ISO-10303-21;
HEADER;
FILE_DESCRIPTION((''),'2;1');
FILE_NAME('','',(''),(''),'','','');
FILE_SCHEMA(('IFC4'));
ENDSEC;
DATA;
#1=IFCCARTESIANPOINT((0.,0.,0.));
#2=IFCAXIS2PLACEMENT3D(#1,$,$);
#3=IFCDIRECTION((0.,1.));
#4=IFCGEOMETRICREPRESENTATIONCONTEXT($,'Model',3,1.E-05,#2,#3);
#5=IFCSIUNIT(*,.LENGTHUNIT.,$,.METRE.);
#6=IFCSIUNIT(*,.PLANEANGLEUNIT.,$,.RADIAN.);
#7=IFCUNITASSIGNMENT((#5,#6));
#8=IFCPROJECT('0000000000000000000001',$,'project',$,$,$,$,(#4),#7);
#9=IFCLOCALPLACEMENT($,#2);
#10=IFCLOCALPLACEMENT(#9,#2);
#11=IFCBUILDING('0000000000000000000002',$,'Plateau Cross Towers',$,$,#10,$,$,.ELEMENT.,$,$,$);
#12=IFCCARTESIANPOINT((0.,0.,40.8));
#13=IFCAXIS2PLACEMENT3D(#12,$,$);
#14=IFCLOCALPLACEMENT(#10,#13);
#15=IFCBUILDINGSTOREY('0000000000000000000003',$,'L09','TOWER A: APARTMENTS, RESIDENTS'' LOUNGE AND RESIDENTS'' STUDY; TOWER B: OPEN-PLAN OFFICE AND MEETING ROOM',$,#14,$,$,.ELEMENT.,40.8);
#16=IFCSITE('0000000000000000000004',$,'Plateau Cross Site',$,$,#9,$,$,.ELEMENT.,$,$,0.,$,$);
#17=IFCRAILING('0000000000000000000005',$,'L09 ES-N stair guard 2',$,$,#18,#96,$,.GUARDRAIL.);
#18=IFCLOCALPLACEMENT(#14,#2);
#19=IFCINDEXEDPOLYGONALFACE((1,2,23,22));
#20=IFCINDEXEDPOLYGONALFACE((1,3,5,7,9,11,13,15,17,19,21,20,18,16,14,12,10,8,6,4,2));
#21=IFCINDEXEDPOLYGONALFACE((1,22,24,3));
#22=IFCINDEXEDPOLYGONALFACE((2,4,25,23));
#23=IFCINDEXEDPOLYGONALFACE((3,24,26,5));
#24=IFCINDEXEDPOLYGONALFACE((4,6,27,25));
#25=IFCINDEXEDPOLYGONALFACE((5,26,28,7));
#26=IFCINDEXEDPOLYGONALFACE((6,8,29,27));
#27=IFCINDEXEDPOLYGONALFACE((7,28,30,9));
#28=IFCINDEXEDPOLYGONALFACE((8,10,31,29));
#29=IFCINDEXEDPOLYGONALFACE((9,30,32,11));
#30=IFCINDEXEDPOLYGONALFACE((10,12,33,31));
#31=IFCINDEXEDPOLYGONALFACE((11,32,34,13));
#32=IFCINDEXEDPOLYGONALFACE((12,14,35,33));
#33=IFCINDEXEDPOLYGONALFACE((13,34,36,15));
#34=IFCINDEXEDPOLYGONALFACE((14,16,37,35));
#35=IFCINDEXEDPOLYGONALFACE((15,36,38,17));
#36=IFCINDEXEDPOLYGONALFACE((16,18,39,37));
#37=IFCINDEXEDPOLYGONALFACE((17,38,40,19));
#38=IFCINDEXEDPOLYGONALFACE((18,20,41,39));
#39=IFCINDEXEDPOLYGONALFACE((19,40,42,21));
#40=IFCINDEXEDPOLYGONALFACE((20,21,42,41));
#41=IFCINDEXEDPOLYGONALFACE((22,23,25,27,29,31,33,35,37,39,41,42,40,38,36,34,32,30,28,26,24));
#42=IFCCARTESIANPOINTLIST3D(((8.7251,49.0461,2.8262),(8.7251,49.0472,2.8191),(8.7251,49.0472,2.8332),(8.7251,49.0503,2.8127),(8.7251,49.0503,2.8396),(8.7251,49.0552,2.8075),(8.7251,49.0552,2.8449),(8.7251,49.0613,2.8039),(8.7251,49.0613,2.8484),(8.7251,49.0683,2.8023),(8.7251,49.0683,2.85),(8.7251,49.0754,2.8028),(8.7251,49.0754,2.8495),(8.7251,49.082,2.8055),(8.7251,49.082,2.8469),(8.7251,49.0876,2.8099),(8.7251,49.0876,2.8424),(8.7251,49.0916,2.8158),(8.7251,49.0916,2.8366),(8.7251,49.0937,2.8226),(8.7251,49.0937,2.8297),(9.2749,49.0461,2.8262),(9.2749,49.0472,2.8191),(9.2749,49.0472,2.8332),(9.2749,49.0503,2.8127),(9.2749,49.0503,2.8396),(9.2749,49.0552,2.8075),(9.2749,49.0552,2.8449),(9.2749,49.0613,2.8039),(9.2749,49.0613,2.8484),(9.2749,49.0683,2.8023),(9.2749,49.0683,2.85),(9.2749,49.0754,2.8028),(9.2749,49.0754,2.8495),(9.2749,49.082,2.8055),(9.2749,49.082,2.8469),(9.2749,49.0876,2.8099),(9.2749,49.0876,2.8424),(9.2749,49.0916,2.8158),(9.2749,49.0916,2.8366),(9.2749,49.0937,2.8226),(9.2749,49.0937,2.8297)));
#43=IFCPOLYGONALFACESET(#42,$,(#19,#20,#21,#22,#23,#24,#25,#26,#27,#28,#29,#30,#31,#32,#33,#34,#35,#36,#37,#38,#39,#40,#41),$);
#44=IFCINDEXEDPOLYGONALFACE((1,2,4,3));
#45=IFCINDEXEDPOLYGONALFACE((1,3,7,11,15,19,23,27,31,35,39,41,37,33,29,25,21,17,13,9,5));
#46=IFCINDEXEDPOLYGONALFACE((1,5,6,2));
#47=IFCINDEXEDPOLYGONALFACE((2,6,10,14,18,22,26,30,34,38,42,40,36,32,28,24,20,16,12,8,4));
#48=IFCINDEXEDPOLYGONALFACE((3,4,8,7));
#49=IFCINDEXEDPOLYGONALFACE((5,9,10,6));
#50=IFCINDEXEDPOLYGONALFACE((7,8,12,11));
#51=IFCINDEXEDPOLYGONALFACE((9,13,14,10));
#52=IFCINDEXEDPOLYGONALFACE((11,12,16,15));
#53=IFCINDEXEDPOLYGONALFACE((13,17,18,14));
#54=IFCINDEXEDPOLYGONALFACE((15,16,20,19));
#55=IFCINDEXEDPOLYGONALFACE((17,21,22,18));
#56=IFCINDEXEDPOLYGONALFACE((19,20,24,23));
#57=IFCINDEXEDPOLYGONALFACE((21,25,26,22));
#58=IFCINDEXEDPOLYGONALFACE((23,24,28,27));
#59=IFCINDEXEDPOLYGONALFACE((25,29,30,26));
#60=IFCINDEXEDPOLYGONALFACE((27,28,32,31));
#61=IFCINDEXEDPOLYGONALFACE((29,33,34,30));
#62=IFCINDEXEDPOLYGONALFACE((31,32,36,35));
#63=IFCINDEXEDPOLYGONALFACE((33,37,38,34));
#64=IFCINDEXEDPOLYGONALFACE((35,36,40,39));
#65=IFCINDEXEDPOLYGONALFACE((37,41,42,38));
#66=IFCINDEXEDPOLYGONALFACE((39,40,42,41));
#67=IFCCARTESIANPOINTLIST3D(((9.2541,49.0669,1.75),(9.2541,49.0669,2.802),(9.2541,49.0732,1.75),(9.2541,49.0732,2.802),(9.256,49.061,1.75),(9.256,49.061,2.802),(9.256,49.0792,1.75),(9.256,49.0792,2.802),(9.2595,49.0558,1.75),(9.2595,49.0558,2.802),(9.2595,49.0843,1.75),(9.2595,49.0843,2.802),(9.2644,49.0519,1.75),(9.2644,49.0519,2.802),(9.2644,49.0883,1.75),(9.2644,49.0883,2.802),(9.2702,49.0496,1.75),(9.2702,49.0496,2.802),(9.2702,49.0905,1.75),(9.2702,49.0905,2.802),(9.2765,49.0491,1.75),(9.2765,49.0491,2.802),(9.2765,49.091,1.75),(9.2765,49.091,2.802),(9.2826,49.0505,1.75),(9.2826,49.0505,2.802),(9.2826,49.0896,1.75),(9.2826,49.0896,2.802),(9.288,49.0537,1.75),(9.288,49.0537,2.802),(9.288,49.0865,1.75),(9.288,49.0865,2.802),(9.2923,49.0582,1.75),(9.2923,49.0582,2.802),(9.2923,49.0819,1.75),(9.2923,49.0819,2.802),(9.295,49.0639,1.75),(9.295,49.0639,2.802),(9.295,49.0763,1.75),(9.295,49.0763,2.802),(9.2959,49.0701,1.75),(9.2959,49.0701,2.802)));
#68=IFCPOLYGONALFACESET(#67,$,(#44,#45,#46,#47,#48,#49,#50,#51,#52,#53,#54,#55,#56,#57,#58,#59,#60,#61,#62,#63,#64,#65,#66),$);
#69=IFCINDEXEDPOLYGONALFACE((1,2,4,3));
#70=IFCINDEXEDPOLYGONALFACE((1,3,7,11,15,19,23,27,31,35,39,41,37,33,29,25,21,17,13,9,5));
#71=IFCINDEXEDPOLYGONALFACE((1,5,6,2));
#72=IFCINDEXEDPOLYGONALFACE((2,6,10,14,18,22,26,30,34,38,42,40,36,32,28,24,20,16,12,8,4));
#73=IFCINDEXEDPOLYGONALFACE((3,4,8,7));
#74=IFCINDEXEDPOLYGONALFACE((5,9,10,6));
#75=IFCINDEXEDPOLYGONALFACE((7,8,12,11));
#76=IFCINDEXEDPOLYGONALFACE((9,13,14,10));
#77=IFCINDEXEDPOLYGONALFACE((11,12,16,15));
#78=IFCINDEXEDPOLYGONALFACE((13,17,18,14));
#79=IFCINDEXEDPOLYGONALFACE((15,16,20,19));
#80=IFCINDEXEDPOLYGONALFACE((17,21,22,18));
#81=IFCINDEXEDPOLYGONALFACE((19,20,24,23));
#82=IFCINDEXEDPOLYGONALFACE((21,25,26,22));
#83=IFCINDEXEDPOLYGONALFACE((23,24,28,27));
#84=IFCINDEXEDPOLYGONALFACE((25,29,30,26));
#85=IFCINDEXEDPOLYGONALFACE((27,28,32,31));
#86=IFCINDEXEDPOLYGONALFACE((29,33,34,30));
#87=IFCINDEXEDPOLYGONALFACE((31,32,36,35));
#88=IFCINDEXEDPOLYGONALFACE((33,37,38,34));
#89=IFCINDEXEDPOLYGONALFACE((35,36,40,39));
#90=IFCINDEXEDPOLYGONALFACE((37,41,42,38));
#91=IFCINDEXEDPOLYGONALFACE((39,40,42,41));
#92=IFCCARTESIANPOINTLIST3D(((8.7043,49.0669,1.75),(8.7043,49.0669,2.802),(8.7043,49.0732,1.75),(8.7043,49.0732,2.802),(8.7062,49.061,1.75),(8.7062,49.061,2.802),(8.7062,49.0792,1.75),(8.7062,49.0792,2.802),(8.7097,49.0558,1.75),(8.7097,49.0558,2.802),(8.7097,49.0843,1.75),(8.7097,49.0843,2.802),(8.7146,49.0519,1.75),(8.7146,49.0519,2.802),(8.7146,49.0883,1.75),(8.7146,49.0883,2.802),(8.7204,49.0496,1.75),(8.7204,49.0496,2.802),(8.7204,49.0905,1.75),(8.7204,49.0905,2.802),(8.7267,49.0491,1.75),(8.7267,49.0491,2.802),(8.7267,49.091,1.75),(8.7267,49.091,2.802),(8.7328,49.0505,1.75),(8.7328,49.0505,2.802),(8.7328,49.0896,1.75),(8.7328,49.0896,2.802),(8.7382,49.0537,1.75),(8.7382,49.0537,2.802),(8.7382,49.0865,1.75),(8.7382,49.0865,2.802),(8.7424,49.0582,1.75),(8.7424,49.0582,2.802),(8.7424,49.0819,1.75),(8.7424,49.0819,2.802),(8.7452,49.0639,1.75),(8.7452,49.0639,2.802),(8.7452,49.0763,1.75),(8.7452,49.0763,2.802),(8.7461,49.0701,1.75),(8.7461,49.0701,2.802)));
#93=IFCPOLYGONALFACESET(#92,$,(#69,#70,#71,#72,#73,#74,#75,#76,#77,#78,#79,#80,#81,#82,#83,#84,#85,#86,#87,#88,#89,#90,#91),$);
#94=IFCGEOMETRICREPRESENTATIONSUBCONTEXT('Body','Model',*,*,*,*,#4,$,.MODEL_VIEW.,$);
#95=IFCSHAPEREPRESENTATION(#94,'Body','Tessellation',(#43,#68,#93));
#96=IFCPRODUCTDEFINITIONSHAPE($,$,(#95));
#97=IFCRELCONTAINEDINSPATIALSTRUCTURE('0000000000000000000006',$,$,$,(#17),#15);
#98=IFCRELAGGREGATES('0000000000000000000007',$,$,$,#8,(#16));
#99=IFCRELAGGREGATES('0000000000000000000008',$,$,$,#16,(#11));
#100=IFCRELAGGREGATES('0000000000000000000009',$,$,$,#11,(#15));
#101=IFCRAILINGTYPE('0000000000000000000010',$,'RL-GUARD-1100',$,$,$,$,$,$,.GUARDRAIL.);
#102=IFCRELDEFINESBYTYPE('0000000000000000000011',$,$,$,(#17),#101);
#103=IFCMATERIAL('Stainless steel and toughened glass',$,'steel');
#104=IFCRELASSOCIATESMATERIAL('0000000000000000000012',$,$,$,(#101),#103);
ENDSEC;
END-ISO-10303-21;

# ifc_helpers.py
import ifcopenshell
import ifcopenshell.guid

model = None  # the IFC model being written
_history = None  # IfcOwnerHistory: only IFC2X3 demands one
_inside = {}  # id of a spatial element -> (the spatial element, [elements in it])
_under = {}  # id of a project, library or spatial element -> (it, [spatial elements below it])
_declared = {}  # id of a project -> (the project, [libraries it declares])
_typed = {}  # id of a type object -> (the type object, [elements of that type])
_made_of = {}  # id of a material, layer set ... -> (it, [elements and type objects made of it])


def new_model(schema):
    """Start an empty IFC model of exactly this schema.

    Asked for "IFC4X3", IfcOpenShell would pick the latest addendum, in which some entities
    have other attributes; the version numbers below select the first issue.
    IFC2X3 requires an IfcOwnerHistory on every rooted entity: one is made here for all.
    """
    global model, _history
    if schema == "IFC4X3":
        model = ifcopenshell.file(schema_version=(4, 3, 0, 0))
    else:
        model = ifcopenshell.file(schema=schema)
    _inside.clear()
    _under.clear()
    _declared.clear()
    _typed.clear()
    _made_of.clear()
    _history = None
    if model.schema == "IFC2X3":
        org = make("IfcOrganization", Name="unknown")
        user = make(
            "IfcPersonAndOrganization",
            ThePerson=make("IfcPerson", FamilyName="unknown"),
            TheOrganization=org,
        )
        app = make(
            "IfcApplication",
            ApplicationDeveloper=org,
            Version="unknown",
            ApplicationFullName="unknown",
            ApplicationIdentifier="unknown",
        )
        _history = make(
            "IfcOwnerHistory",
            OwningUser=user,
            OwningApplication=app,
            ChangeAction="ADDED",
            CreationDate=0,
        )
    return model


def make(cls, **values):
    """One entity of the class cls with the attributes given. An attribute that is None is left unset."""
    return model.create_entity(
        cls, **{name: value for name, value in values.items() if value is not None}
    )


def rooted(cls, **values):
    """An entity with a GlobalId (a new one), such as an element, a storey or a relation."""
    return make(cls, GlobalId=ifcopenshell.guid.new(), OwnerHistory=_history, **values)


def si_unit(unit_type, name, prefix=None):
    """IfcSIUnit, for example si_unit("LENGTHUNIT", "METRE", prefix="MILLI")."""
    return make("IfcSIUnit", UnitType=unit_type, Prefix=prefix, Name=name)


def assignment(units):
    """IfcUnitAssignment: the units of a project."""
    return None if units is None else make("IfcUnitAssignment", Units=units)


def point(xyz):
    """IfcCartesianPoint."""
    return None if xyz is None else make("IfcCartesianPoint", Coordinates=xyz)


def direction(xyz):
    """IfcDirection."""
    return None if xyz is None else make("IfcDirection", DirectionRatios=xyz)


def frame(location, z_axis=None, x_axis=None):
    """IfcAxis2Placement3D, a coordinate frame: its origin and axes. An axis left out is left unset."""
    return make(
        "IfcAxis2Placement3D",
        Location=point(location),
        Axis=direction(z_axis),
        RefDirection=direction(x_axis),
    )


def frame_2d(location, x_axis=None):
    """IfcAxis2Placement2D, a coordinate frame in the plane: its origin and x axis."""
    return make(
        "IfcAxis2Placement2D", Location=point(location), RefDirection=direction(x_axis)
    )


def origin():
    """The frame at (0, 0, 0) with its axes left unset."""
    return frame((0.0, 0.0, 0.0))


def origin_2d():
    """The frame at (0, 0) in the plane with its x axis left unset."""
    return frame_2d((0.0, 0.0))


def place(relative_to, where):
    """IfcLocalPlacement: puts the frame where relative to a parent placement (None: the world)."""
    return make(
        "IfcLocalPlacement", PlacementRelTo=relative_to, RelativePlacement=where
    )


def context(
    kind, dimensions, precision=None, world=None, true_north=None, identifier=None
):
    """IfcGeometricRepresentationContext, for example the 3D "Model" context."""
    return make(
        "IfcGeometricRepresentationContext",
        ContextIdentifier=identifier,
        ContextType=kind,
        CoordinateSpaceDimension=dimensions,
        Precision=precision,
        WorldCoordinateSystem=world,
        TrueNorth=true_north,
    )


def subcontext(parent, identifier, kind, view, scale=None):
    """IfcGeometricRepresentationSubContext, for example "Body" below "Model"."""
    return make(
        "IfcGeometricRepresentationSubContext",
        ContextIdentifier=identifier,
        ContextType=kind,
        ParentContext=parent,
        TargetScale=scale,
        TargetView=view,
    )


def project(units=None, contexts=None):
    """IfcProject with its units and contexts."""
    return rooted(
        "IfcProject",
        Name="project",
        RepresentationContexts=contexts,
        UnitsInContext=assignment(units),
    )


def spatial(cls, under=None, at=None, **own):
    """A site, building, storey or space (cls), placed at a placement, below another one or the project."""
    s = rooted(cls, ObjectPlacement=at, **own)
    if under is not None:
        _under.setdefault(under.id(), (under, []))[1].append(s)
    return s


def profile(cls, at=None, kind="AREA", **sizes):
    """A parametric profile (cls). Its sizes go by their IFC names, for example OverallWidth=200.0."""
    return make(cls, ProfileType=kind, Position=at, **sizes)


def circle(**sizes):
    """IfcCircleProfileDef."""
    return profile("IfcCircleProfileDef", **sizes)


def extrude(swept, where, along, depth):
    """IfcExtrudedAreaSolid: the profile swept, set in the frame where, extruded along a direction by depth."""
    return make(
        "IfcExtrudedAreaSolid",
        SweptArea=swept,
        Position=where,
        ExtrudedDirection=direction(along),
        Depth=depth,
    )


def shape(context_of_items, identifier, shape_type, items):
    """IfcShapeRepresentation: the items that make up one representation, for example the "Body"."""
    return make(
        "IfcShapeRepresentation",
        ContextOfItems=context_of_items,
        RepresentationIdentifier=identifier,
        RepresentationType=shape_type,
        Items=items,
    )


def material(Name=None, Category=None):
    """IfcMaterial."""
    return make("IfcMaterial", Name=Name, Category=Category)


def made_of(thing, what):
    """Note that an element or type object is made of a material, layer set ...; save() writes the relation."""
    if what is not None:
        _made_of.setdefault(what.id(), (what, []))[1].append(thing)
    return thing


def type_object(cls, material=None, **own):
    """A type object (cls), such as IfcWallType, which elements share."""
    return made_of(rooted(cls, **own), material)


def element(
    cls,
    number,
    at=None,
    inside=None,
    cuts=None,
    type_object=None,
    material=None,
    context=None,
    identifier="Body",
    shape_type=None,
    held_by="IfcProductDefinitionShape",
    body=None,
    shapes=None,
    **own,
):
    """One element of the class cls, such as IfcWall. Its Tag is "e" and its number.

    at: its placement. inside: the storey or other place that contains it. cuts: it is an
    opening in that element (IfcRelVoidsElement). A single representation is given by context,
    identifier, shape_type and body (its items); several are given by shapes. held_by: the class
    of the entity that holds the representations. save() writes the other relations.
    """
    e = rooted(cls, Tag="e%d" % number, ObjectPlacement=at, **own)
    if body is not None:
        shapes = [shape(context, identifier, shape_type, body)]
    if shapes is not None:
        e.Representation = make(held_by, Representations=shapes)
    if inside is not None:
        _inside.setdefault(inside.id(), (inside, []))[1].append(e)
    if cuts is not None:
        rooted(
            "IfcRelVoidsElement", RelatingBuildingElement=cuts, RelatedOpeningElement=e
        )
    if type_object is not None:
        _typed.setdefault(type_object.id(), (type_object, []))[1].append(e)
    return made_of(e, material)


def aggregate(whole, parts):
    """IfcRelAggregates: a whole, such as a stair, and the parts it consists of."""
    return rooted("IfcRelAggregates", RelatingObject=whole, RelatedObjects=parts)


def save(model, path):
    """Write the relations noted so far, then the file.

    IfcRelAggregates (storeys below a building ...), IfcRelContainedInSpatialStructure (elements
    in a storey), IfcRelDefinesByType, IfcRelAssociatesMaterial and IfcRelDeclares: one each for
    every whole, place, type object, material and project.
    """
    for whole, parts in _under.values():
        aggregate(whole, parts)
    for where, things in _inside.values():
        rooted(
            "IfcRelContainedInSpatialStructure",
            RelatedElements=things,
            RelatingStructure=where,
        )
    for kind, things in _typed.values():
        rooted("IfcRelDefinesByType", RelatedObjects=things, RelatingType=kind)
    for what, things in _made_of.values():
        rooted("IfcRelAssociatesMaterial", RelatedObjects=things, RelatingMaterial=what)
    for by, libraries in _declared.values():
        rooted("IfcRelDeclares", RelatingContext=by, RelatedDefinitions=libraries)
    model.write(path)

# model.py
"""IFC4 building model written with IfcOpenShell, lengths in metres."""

from ifc_helpers import new_model, si_unit, direction, frame, origin, origin_2d, place, context, subcontext, project, spatial, circle, extrude, material, type_object, element, save


model = new_model("IFC4")

# Units and contexts
model_context = context("Model", 3, precision=1e-05, world=origin(), true_north=direction((0.0, 1.0)))
body_context = subcontext(model_context, "Body", "Model", "MODEL_VIEW")
ifc_project = project(units=[si_unit("LENGTHUNIT", "METRE"), si_unit("PLANEANGLEUNIT", "RADIAN")], contexts=[model_context])

# Site, building, storey
site_placement = place(None, origin())
site = spatial("IfcSite", under=ifc_project, at=site_placement, Name="Plateau Cross Site", CompositionType="ELEMENT", RefElevation=0.0)
building_placement = place(site_placement, origin())
building = spatial("IfcBuilding", under=site, at=building_placement, Name="Plateau Cross Towers", CompositionType="ELEMENT")
storey_placement = place(building_placement, frame((0.0, 0.0, 40.8)))
storey = spatial("IfcBuildingStorey", under=building, at=storey_placement, Name="L09", Description="TOWER A: APARTMENTS, RESIDENTS' LOUNGE AND RESIDENTS' STUDY; TOWER B: OPEN-PLAN OFFICE AND MEETING ROOM", CompositionType="ELEMENT", Elevation=40.8)

# Railing
ifc_material_1 = material(Name="Stainless steel and toughened glass", Category="steel")
railing_type_1 = type_object("IfcRailingType", Name="RL-GUARD-1100", PredefinedType="GUARDRAIL", material=ifc_material_1)
railing_1_placement = place(storey_placement, frame((9.2749, 49.0701, 1.75)))
element("IfcRailing", 1, at=railing_1_placement, inside=storey, type_object=railing_type_1, Name="L09 ES-N stair guard 2", PredefinedType="GUARDRAIL", context=body_context, shape_type="SweptSolid", body=[
    extrude(circle(Radius=0.0239, at=origin_2d()), frame((0.0, 0.0, 1.0762), z_axis=(-1.0, 0.0, 0.0), x_axis=(0.0, -1.0, 0.0)), (0.0, 0.0, 1.0), 0.5498),
    extrude(circle(Radius=0.021, at=origin_2d()), origin(), (0.0, 0.0, 1.0), 1.052),
    extrude(circle(Radius=0.021, at=origin_2d()), frame((-0.5498, 0.0, 0.0)), (0.0, 0.0, 1.0), 1.052),
])

save(model, "model.ifc")
